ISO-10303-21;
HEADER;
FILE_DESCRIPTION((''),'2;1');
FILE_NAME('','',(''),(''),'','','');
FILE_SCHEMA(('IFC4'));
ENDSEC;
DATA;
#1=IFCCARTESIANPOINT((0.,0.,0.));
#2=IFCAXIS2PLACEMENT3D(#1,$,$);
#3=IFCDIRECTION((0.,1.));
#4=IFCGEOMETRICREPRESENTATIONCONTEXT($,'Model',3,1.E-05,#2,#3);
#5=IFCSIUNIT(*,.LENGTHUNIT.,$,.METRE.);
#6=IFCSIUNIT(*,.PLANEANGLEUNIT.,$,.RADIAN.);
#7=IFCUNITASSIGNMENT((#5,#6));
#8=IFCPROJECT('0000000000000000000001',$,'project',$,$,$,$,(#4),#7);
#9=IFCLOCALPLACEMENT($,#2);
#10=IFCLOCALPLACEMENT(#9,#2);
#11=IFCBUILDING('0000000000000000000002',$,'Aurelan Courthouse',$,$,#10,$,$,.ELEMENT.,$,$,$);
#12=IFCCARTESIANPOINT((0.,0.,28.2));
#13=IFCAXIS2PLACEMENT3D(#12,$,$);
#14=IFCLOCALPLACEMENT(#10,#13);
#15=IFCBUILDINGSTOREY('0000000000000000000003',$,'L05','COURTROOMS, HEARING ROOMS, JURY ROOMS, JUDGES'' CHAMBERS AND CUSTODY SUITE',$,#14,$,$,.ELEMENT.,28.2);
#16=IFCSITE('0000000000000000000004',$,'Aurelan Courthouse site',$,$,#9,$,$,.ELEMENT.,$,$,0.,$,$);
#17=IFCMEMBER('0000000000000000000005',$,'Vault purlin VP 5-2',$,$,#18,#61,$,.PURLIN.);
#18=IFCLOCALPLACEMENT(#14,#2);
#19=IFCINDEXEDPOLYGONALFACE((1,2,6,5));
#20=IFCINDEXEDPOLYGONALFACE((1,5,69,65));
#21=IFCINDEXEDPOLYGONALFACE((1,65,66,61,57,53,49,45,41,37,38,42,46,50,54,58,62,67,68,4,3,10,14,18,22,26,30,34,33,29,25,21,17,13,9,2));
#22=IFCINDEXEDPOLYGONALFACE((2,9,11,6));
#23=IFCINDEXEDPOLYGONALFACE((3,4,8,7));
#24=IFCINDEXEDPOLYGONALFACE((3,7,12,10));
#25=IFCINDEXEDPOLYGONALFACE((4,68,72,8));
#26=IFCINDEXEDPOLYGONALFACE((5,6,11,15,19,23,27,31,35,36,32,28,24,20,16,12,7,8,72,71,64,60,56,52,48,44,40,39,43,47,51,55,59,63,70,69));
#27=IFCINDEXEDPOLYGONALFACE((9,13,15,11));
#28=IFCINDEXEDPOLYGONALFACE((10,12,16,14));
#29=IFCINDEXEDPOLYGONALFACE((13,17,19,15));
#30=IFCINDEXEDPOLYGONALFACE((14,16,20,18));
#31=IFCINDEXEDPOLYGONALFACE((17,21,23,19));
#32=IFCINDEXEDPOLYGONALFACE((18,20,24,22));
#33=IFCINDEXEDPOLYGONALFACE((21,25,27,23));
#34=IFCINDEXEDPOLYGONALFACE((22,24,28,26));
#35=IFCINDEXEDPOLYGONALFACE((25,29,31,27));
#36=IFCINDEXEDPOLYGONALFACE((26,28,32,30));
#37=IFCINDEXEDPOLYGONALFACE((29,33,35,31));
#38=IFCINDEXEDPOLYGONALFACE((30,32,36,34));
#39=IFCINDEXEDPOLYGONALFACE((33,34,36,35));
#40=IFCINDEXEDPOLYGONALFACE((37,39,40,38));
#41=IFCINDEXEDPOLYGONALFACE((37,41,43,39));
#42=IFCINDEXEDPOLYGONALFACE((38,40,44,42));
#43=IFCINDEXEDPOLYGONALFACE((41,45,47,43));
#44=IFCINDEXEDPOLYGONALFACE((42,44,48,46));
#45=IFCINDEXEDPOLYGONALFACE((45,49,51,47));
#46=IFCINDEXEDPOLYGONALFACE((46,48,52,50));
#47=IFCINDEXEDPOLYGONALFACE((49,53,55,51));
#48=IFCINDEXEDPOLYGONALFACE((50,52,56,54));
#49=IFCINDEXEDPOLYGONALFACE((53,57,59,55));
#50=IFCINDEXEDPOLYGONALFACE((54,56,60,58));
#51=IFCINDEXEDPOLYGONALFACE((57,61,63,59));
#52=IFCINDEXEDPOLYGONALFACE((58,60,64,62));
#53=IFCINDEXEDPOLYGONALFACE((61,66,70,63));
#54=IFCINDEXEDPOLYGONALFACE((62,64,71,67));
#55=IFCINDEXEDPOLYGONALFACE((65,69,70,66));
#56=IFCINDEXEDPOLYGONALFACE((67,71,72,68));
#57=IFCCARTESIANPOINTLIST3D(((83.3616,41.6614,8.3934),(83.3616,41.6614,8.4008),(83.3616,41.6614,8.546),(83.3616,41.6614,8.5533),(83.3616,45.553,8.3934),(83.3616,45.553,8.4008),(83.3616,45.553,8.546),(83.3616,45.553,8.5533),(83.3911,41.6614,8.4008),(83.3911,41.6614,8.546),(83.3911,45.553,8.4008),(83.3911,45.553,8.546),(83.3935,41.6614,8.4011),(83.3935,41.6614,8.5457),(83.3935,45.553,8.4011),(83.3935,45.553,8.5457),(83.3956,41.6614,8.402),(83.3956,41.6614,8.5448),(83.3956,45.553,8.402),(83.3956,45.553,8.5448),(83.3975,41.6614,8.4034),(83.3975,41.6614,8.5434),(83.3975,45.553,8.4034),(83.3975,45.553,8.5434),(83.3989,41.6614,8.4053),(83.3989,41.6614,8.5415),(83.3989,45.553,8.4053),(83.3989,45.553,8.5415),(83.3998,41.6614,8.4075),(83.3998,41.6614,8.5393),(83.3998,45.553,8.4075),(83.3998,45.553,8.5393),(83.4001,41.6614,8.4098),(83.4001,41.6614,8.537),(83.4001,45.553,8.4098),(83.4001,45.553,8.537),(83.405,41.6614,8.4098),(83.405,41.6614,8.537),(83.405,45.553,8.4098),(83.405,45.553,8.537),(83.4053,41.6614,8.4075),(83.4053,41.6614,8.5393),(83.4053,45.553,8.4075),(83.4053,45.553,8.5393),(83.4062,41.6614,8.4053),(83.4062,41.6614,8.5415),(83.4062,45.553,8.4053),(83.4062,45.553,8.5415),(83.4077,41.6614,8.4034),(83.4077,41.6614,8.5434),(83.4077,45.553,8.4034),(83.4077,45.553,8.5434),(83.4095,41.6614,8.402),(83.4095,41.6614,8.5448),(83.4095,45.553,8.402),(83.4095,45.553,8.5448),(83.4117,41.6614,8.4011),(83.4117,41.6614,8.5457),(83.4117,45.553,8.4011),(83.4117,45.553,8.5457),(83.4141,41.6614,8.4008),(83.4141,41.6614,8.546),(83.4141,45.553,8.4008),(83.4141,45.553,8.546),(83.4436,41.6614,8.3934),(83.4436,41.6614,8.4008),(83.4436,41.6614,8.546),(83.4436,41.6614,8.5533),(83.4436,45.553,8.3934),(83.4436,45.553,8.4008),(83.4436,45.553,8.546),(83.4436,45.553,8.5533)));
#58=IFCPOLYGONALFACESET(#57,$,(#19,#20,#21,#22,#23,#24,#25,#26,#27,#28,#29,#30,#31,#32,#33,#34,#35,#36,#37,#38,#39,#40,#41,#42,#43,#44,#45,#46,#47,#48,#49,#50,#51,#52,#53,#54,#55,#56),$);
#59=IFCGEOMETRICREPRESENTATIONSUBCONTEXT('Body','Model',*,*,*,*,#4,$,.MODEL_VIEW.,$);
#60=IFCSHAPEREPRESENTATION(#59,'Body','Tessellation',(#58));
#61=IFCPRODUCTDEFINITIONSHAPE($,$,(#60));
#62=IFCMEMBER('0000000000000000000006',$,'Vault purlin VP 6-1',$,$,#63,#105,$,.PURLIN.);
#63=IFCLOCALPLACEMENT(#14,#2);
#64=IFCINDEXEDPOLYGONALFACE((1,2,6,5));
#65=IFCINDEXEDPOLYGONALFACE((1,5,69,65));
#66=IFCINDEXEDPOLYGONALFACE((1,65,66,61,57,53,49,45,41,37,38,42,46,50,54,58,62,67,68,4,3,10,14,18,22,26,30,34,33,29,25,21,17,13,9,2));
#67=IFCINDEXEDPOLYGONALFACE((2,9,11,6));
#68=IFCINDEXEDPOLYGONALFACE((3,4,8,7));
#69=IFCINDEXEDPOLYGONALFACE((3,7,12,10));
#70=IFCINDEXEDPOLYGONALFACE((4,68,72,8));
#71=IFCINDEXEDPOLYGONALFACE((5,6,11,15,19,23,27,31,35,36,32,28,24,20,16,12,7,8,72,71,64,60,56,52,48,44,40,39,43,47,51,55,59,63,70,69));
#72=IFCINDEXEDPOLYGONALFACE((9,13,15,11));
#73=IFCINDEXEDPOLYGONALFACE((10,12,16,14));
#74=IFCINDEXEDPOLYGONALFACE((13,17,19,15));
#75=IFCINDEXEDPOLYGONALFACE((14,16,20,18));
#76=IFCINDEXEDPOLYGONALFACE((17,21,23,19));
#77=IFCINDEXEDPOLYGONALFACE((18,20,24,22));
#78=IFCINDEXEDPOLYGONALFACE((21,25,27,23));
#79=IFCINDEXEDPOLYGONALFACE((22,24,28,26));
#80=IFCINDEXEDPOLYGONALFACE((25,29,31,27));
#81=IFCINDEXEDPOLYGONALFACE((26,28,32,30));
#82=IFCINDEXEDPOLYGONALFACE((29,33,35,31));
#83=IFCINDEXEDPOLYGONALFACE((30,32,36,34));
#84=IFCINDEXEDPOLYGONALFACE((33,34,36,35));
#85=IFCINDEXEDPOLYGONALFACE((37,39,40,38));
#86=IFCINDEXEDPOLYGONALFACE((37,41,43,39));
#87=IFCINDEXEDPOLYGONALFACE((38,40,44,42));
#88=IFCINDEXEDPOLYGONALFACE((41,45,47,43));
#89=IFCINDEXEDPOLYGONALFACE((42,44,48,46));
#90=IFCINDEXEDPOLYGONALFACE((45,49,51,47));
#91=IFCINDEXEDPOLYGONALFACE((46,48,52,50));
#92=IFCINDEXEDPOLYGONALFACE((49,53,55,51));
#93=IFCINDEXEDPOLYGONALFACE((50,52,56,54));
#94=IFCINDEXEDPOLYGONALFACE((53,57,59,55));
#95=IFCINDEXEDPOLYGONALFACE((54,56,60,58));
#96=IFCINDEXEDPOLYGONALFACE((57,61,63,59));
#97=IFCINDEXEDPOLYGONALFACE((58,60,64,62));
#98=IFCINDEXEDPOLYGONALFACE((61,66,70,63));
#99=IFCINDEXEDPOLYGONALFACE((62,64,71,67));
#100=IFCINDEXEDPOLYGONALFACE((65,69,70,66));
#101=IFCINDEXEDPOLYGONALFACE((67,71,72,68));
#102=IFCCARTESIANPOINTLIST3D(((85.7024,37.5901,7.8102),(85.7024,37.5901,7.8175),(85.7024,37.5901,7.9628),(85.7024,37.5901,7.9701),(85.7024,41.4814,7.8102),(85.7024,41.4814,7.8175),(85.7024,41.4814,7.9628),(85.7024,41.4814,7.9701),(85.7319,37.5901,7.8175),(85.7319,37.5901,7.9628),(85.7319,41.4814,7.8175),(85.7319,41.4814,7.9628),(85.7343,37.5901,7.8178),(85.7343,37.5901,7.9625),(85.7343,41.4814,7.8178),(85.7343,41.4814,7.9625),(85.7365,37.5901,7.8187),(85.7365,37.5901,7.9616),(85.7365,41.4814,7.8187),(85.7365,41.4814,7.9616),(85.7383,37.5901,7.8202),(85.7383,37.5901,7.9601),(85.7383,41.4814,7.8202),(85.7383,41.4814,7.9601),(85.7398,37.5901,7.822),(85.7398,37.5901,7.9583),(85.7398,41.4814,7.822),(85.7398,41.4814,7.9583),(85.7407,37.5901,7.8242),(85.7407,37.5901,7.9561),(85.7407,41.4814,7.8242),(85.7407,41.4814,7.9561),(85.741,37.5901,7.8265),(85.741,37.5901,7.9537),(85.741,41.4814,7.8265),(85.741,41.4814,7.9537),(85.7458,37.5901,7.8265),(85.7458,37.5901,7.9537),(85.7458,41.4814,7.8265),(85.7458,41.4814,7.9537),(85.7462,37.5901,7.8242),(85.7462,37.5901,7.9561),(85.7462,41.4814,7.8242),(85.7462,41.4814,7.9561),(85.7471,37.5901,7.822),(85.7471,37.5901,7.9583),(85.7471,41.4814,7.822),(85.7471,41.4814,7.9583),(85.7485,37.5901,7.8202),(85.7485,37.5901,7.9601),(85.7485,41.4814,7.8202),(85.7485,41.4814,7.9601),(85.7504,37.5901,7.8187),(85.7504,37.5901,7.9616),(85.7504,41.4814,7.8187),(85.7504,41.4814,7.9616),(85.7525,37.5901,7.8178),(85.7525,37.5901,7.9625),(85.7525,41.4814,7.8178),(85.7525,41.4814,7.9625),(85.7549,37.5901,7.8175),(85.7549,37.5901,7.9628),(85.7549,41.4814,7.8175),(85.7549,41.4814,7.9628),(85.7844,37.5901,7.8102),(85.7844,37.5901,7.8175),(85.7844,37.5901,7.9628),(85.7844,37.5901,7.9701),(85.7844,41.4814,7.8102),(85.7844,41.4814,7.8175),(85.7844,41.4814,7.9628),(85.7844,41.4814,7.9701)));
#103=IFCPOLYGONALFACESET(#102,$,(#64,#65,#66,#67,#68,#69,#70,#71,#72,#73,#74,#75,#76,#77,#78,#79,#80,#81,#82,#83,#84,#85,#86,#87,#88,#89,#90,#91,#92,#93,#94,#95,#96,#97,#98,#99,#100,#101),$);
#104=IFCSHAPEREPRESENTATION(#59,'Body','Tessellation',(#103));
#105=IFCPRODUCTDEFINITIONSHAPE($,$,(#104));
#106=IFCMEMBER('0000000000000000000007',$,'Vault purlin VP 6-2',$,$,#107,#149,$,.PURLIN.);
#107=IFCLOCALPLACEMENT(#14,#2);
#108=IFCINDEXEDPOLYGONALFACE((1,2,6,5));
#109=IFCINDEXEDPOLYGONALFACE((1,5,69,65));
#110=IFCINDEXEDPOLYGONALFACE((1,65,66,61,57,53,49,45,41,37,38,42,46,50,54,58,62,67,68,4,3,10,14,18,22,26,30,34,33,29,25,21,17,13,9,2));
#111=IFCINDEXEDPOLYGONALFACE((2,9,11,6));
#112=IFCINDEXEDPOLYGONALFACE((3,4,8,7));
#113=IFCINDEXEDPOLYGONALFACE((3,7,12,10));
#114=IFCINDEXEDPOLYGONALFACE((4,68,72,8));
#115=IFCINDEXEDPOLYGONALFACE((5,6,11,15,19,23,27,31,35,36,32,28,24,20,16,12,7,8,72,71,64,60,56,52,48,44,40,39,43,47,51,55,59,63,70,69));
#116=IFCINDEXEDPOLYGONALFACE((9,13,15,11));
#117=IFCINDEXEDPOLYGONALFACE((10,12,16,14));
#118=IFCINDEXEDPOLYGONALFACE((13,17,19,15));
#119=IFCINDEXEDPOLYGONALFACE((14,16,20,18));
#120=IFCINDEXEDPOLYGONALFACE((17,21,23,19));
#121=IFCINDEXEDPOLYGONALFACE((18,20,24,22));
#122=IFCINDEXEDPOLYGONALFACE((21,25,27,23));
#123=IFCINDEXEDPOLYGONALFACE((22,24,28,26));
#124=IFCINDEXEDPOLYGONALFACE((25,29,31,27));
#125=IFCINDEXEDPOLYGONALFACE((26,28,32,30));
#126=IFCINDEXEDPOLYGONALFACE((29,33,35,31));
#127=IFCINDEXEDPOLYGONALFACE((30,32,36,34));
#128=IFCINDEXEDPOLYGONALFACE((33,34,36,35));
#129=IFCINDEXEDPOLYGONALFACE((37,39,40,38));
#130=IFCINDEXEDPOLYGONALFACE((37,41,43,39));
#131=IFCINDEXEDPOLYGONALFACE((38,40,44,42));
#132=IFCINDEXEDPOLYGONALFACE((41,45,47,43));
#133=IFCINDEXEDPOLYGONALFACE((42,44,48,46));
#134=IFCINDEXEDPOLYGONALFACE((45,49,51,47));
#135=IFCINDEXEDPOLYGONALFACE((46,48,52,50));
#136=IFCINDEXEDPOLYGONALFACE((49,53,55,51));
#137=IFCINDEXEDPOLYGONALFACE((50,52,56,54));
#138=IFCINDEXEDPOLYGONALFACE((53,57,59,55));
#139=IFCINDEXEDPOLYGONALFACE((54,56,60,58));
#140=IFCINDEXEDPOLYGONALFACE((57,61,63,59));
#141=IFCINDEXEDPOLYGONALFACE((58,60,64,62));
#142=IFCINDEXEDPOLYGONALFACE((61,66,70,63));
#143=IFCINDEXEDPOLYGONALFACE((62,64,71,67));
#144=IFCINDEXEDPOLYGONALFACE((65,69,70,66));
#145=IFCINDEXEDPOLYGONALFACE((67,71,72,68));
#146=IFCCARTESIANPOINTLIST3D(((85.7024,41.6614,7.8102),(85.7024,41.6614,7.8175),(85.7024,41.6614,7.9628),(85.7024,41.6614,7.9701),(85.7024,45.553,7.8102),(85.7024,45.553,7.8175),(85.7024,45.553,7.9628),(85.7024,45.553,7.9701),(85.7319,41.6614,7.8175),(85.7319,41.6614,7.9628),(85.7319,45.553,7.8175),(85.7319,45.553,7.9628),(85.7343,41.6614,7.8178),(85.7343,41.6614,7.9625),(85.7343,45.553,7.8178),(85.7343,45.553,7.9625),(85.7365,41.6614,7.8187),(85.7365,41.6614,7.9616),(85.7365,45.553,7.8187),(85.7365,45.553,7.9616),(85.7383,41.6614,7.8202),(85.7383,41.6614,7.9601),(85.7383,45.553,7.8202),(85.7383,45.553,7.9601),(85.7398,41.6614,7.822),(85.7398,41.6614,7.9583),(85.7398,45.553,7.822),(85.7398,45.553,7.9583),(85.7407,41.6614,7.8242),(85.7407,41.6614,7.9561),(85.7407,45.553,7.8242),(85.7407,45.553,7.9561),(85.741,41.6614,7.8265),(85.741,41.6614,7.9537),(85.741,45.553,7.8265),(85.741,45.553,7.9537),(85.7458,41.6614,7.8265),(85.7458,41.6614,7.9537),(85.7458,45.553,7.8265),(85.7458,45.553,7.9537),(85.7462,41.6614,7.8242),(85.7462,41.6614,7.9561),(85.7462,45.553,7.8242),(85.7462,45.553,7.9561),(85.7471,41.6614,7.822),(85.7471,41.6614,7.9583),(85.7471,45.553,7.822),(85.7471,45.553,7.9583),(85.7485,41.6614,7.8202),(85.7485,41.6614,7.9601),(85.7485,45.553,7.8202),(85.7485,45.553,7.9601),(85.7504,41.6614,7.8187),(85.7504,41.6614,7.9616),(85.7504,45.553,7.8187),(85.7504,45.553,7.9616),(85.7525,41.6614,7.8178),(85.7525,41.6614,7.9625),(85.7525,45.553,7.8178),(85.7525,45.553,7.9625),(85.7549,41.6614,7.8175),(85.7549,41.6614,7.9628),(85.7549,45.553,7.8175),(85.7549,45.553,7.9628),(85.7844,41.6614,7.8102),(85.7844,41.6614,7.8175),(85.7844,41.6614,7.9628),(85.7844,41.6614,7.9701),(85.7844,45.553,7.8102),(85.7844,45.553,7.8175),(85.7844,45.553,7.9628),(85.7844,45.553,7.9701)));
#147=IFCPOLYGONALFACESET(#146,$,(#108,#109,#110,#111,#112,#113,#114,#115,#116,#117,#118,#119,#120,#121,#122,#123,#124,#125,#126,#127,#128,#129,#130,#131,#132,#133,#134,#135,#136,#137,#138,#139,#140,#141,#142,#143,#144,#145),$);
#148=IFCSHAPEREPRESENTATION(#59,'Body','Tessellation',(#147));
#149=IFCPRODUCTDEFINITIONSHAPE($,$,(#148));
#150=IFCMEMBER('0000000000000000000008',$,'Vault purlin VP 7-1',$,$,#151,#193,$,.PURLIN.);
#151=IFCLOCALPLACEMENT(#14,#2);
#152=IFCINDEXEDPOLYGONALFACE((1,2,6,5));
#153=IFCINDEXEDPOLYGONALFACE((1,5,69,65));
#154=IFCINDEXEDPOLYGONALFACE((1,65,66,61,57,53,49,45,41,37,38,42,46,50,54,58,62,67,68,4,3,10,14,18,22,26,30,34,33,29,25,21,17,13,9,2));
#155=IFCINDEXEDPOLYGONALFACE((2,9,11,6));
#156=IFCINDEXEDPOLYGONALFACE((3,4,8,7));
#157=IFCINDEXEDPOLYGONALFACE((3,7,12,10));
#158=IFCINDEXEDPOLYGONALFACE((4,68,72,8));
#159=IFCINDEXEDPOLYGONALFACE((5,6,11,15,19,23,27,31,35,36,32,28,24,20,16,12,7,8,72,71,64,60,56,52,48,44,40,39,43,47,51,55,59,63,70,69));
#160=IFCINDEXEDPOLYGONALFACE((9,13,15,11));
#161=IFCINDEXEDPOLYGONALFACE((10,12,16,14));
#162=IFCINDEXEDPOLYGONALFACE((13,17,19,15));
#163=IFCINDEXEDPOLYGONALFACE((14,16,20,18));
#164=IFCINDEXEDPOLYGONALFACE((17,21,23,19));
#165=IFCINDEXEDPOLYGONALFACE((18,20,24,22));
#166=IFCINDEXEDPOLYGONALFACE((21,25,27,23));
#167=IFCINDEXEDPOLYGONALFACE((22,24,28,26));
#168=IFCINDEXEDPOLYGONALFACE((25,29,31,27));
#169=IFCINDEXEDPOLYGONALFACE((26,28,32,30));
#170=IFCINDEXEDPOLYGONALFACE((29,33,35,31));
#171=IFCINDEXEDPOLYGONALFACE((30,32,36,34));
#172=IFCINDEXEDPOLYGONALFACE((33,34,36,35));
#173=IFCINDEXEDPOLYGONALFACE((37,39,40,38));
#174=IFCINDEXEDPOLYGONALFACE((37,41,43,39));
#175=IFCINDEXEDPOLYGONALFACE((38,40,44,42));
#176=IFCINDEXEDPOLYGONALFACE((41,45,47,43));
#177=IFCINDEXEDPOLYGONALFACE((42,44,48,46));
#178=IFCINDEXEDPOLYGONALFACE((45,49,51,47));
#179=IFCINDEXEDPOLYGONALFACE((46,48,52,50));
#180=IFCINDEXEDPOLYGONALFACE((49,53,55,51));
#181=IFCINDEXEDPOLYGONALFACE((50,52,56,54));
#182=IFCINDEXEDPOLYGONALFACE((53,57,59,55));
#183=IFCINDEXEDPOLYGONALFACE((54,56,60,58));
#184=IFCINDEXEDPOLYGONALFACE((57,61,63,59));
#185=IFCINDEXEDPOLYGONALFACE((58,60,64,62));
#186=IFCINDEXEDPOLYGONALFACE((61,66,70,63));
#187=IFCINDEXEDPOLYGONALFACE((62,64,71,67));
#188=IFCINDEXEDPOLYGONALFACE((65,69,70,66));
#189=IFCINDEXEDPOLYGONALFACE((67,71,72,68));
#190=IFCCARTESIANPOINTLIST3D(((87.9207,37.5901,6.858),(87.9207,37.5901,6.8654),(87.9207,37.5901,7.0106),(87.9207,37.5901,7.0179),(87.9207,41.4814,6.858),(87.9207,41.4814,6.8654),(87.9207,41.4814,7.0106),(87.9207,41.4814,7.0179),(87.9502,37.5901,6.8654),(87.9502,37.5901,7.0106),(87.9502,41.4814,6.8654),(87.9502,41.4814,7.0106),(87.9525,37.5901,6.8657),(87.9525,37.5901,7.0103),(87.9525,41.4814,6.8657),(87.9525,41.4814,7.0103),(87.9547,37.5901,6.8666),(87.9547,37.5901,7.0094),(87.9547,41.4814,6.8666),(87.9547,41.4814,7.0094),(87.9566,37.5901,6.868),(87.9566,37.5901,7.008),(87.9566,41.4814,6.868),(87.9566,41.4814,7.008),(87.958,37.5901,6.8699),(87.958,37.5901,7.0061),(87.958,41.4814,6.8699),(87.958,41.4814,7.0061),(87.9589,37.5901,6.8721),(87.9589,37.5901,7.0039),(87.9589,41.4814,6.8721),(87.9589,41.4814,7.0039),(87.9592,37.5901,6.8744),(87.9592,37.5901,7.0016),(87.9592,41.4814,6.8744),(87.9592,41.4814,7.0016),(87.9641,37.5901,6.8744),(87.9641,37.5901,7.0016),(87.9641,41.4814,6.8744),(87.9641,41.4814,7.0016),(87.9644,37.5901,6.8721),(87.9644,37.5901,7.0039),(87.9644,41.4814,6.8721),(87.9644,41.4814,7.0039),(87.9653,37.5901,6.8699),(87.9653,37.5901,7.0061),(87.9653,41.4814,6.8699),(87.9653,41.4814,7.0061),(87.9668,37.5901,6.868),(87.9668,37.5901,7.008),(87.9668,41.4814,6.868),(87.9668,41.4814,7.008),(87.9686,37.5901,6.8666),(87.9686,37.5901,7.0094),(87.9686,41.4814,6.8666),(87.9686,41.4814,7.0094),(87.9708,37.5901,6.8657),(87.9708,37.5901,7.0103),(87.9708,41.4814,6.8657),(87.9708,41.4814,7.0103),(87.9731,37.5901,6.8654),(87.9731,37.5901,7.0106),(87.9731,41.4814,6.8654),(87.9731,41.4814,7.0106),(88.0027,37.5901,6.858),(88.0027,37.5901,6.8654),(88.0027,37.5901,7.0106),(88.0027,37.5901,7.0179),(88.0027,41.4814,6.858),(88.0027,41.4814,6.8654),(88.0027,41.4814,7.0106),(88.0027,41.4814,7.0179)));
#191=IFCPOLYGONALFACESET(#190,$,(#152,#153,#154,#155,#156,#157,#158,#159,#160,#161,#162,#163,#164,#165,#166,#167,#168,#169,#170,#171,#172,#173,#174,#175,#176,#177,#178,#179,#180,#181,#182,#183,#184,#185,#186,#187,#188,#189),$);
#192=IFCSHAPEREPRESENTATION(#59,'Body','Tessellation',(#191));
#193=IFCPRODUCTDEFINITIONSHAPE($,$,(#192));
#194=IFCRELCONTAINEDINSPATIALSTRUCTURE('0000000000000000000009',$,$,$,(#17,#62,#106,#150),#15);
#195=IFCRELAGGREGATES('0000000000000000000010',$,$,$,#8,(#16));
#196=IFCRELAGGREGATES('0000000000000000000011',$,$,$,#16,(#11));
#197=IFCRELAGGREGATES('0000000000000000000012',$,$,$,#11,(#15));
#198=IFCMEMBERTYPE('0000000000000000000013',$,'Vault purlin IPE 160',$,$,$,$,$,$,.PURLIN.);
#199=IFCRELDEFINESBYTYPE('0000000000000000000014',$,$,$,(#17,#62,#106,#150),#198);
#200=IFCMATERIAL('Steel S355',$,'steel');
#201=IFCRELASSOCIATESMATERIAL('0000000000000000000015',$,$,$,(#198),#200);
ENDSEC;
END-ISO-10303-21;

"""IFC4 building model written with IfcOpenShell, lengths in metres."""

from ifc_helpers import new_model, si_unit, direction, frame, origin, origin_2d, place, context, subcontext, project, spatial, i_section, extrude, material, material_profile, profile_set, type_object, element, save


model = new_model("IFC4")

# Units and contexts
model_context = context("Model", 3, precision=1e-05, world=origin(), true_north=direction((0.0, 1.0)))
body_context = subcontext(model_context, "Body", "Model", "MODEL_VIEW")
ifc_project = project(units=[si_unit("LENGTHUNIT", "METRE"), si_unit("PLANEANGLEUNIT", "RADIAN")], contexts=[model_context])

# Site, building, storey
site_placement = place(None, origin())
site = spatial("IfcSite", under=ifc_project, at=site_placement, Name="Aurelan Courthouse site", CompositionType="ELEMENT", RefElevation=0.0)
building_placement = place(site_placement, origin())
building = spatial("IfcBuilding", under=site, at=building_placement, Name="Aurelan Courthouse", CompositionType="ELEMENT")
storey_placement = place(building_placement, frame((0.0, 0.0, 28.2)))
storey = spatial("IfcBuildingStorey", under=building, at=storey_placement, Name="L05", Description="COURTROOMS, HEARING ROOMS, JURY ROOMS, JUDGES' CHAMBERS AND CUSTODY SUITE", CompositionType="ELEMENT", Elevation=28.2)

# Members
ifc_material_1 = material(Name="Steel S355", Category="steel")
ifc_material_profile_1 = material_profile(ifc_material_1, i_section(OverallWidth=0.082, OverallDepth=0.1599, WebThickness=0.0049, FlangeThickness=0.0073, FilletRadius=0.009, at=origin_2d()), Name="IPE 160")
ifc_profile_set_1 = profile_set([ifc_material_profile_1], Name="Steel S355")
member_type_1 = type_object("IfcMemberType", Name="Vault purlin IPE 160", PredefinedType="PURLIN", material=ifc_profile_set_1)
member_1_placement = place(storey_placement, frame((83.4026, 41.6614, 8.4734), z_axis=(0.0, 1.0, 0.0), x_axis=(-1.0, 0.0, 0.0)))
element("IfcMember", 1, at=member_1_placement, inside=storey, type_object=member_type_1, Name="Vault purlin VP 5-2", PredefinedType="PURLIN", context=body_context, shape_type="SweptSolid", body=[
    extrude(i_section(OverallWidth=0.082, OverallDepth=0.1599, WebThickness=0.0049, FlangeThickness=0.0073, FilletRadius=0.009, at=origin_2d()), origin(), (0.0, 0.0, 1.0), 3.8916),
])
member_2_placement = place(storey_placement, frame((85.7434, 37.5901, 7.8901), z_axis=(0.0, 1.0, 0.0), x_axis=(-1.0, 0.0, 0.0)))
element("IfcMember", 2, at=member_2_placement, inside=storey, type_object=member_type_1, Name="Vault purlin VP 6-1", PredefinedType="PURLIN", context=body_context, shape_type="SweptSolid", body=[
    extrude(i_section(OverallWidth=0.082, OverallDepth=0.1599, WebThickness=0.0049, FlangeThickness=0.0073, FilletRadius=0.009, at=origin_2d()), origin(), (0.0, 0.0, 1.0), 3.8914),
])
member_3_placement = place(storey_placement, frame((85.7434, 41.6614, 7.8901), z_axis=(0.0, 1.0, 0.0), x_axis=(-1.0, 0.0, 0.0)))
element("IfcMember", 3, at=member_3_placement, inside=storey, type_object=member_type_1, Name="Vault purlin VP 6-2", PredefinedType="PURLIN", context=body_context, shape_type="SweptSolid", body=[
    extrude(i_section(OverallWidth=0.082, OverallDepth=0.1599, WebThickness=0.0049, FlangeThickness=0.0073, FilletRadius=0.009, at=origin_2d()), origin(), (0.0, 0.0, 1.0), 3.8916),
])
member_4_placement = place(storey_placement, frame((87.9617, 37.5901, 6.938), z_axis=(0.0, 1.0, 0.0), x_axis=(-1.0, 0.0, 0.0)))
element("IfcMember", 4, at=member_4_placement, inside=storey, type_object=member_type_1, Name="Vault purlin VP 7-1", PredefinedType="PURLIN", context=body_context, shape_type="SweptSolid", body=[
    extrude(i_section(OverallWidth=0.082, OverallDepth=0.1599, WebThickness=0.0049, FlangeThickness=0.0073, FilletRadius=0.009, at=origin_2d()), origin(), (0.0, 0.0, 1.0), 3.8914),
])

save(model, "model.ifc")
